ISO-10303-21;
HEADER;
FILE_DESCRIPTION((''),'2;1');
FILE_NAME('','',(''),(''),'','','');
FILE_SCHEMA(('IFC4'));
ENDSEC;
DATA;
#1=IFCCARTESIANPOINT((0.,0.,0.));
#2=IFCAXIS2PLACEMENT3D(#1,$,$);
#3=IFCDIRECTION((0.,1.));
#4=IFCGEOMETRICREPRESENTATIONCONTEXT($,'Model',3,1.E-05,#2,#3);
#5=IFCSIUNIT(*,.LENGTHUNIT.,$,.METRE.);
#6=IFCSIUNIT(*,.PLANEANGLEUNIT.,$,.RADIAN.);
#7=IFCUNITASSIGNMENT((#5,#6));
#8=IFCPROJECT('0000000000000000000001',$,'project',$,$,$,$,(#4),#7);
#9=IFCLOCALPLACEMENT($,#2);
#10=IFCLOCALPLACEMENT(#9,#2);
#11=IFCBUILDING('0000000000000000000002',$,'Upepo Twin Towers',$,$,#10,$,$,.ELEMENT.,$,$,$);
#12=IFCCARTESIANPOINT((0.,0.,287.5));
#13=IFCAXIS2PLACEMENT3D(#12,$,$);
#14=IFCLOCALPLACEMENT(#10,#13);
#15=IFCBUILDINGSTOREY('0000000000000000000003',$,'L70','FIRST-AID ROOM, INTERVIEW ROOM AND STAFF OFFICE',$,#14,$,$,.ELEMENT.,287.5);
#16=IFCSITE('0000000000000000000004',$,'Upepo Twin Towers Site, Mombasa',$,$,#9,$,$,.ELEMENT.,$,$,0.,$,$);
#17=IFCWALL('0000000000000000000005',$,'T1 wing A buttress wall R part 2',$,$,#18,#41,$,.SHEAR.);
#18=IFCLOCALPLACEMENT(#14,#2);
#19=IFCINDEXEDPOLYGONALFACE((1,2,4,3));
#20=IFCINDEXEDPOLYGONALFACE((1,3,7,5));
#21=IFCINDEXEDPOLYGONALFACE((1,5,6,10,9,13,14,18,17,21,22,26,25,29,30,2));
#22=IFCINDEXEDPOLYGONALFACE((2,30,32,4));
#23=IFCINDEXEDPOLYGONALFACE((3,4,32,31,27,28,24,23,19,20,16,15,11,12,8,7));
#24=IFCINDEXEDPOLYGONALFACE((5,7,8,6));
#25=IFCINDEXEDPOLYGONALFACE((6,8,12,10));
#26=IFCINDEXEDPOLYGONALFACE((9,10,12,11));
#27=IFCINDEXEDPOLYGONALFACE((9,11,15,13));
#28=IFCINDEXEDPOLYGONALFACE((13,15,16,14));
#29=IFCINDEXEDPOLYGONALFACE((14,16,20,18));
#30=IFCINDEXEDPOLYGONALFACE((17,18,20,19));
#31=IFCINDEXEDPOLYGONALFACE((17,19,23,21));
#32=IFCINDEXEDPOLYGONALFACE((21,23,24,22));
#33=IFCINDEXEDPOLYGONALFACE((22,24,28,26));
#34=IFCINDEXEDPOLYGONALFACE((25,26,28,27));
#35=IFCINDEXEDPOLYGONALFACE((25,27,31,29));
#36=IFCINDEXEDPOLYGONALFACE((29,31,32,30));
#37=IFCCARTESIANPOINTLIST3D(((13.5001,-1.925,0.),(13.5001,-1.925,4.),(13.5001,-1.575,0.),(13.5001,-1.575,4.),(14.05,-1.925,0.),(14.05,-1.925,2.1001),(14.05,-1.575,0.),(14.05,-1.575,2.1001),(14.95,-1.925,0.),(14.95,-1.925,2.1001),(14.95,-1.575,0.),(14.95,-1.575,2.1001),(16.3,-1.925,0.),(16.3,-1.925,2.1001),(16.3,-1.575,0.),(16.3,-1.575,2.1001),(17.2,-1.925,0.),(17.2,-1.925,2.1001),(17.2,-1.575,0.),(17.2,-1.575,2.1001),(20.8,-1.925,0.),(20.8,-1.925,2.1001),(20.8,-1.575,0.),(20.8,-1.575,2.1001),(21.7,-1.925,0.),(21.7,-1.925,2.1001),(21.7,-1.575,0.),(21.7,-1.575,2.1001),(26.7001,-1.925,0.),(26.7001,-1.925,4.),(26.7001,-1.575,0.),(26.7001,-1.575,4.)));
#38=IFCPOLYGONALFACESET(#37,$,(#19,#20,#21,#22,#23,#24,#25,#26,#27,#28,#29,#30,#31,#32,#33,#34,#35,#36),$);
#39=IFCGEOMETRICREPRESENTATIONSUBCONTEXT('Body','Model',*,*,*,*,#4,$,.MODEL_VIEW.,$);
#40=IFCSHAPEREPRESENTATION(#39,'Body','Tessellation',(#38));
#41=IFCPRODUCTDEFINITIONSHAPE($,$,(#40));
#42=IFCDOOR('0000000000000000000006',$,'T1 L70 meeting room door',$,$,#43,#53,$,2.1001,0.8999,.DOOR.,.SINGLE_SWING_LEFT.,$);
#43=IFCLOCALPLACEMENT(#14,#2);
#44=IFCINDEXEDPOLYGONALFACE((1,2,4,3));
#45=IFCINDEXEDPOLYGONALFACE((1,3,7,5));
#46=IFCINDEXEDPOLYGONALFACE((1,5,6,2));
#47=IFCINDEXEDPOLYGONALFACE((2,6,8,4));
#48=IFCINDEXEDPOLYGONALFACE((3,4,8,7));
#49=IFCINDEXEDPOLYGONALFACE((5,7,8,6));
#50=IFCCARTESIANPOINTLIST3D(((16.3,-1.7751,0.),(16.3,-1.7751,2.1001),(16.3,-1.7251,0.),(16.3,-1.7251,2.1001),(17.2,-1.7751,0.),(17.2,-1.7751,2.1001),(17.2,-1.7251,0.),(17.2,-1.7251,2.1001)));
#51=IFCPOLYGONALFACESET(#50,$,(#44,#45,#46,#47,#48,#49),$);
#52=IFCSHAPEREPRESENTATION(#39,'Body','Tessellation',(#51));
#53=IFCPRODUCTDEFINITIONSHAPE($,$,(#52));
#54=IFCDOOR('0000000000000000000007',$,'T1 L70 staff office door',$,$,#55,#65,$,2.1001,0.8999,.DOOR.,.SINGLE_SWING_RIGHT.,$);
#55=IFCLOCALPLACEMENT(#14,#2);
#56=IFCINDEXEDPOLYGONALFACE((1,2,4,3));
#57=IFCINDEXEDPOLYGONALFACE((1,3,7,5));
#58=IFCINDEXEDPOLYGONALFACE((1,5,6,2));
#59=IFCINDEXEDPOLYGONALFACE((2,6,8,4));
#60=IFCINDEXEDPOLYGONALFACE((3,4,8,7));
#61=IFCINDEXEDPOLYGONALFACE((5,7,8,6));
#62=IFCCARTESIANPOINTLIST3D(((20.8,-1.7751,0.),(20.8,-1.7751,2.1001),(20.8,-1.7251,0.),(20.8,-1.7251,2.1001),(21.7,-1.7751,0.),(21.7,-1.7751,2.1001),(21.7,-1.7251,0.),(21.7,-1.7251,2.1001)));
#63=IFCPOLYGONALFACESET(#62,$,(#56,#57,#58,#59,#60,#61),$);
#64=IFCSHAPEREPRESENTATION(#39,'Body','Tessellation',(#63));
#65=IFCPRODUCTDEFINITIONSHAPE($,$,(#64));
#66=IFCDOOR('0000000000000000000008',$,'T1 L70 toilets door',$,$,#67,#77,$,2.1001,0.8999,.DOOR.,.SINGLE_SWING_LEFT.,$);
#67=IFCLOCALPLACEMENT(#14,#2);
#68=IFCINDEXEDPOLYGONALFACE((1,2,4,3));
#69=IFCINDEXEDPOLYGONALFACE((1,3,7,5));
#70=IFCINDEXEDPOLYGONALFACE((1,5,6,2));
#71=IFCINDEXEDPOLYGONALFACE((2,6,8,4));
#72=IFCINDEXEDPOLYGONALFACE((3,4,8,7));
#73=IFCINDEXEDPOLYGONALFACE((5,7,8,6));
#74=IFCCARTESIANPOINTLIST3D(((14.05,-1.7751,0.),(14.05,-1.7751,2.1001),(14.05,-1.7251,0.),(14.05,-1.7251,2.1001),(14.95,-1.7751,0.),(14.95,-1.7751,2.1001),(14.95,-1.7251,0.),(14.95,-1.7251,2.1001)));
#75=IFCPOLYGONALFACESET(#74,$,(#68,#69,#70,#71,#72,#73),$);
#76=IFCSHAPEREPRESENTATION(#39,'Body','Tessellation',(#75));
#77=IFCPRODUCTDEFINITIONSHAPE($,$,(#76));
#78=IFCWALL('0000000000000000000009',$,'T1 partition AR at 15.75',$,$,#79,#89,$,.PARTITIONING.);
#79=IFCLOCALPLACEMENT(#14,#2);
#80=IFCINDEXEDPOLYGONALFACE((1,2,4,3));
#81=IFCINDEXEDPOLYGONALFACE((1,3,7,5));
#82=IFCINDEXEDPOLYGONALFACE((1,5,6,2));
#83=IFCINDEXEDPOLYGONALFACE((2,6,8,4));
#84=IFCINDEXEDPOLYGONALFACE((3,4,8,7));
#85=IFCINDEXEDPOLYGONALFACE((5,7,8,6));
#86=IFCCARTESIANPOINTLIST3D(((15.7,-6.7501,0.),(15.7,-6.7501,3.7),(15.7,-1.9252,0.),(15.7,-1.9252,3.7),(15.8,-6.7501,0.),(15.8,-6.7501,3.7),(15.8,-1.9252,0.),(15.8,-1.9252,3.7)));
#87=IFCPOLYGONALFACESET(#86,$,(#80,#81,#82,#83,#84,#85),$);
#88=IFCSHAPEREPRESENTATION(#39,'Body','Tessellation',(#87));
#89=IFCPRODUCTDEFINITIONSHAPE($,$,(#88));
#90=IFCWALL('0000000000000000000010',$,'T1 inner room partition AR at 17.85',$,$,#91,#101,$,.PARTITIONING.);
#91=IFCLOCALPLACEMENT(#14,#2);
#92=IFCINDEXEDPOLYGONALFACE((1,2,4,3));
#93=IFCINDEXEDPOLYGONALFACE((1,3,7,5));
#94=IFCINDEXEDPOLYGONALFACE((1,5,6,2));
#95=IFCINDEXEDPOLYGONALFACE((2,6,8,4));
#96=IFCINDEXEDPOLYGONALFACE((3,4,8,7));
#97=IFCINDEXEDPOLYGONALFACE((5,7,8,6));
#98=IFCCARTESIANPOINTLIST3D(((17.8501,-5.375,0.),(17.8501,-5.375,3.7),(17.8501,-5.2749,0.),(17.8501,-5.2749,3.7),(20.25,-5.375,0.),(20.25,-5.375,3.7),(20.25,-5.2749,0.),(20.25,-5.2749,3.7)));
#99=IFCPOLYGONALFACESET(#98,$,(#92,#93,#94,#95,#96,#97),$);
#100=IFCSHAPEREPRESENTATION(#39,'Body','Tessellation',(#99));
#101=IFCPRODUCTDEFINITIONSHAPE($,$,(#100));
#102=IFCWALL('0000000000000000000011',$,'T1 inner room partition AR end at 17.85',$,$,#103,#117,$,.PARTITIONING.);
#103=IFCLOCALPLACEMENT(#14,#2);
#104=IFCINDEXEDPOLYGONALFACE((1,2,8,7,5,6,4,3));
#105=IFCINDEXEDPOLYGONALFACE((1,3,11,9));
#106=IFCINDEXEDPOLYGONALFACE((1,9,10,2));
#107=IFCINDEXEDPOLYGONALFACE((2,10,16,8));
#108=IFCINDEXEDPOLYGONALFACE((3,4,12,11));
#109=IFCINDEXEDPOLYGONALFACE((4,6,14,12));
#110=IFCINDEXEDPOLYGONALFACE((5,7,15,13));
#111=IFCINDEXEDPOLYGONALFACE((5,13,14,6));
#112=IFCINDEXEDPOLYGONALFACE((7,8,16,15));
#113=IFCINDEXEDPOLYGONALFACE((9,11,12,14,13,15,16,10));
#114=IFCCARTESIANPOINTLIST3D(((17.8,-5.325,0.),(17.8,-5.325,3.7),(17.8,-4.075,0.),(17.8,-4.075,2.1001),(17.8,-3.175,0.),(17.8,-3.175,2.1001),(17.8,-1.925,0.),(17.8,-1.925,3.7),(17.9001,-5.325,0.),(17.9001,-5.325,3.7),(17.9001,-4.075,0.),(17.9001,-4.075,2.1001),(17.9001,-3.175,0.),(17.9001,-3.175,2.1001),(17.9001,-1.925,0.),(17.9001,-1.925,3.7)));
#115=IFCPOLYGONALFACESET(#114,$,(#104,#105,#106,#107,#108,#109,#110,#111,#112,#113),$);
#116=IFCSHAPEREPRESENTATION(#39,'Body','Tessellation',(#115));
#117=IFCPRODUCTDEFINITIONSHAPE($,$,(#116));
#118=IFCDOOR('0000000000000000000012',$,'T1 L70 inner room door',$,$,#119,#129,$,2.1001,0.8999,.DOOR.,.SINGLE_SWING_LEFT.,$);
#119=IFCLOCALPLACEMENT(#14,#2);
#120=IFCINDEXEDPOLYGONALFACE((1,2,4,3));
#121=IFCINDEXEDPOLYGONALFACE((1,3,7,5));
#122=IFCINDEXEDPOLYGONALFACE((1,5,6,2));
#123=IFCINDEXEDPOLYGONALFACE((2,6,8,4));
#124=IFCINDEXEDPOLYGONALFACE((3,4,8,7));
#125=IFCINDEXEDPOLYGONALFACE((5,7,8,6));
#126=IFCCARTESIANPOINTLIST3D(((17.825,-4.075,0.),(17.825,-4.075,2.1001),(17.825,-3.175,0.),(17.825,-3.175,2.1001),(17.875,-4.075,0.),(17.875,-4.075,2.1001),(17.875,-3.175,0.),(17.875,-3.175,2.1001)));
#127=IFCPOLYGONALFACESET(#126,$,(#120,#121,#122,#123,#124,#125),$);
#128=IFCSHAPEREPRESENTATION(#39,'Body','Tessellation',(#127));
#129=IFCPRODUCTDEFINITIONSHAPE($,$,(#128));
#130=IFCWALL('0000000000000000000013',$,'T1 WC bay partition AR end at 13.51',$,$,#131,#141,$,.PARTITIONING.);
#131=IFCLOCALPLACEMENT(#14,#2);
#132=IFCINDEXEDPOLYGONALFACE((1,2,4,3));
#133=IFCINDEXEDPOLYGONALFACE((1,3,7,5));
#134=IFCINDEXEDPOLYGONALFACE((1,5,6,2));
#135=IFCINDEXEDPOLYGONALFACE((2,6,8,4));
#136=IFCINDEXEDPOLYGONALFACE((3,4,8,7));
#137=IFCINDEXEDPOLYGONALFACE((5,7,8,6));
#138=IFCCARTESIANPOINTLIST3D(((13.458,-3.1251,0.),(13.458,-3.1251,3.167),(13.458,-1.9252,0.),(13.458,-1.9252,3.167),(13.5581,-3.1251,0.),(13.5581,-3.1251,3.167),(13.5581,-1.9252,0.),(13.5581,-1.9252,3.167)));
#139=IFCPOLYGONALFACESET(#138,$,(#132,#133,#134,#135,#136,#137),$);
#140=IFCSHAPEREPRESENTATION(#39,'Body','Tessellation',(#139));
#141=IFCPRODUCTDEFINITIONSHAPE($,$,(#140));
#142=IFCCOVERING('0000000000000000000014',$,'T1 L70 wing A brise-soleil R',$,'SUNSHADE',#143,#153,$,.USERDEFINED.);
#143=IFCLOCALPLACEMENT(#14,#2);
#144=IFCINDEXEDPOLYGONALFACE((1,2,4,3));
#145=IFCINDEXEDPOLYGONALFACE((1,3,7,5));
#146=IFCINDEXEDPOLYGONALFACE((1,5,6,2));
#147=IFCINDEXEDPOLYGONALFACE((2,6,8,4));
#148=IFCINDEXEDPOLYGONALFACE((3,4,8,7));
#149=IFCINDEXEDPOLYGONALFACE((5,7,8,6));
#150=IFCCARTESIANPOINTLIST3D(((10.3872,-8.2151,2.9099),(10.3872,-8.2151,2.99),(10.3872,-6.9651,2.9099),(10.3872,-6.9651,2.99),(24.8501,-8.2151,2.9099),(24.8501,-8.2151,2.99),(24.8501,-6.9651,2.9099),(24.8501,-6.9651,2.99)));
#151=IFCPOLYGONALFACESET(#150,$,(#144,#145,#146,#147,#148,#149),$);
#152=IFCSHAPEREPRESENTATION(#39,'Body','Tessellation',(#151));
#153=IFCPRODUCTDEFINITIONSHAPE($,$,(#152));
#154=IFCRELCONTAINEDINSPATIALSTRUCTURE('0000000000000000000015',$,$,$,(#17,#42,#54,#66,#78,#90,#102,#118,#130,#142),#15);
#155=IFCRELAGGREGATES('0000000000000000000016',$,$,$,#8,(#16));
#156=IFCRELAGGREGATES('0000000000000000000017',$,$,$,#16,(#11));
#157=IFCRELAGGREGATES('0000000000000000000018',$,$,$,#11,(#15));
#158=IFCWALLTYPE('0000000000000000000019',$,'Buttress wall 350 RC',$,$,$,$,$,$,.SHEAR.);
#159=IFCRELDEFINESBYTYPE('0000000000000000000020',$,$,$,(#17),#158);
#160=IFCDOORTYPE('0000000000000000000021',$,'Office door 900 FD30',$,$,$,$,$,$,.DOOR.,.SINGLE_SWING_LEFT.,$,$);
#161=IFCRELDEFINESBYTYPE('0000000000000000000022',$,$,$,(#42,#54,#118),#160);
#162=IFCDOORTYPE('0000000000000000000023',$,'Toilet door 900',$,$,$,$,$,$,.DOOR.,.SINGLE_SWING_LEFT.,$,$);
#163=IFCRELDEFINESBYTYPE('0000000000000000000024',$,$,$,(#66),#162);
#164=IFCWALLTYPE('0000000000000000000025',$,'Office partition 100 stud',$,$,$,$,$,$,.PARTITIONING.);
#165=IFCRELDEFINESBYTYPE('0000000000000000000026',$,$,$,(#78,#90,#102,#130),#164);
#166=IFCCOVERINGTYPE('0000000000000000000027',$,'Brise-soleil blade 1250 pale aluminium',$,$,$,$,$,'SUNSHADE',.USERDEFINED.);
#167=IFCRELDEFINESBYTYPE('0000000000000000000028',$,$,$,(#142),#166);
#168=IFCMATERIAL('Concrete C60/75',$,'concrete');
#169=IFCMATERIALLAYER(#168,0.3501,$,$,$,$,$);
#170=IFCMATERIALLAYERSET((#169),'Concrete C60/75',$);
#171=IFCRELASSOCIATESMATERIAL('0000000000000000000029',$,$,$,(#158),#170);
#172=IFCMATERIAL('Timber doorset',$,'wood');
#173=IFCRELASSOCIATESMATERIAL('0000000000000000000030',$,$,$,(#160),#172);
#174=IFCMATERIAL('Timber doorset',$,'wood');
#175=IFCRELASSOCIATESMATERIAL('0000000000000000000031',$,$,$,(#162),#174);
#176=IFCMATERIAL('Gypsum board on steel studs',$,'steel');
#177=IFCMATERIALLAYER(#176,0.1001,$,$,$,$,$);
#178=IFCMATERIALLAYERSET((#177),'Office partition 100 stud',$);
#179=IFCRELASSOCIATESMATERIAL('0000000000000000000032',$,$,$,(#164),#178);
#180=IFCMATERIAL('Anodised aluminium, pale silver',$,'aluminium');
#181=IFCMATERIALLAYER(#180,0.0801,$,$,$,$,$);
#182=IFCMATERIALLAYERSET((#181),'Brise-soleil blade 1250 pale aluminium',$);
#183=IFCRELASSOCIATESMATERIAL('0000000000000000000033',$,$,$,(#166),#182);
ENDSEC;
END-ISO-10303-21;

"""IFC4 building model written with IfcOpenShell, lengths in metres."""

from ifc_helpers import new_model, si_unit, direction, frame, frame_2d, origin, origin_2d, place, context, subcontext, project, spatial, rectangle, extrude, material, layer, layer_set, type_object, element, fill, save


model = new_model("IFC4")

# Units and contexts
model_context = context("Model", 3, precision=1e-05, world=origin(), true_north=direction((0.0, 1.0)))
body_context = subcontext(model_context, "Body", "Model", "MODEL_VIEW")
ifc_project = project(units=[si_unit("LENGTHUNIT", "METRE"), si_unit("PLANEANGLEUNIT", "RADIAN")], contexts=[model_context])

# Site, building, storey
site_placement = place(None, origin())
site = spatial("IfcSite", under=ifc_project, at=site_placement, Name="Upepo Twin Towers Site, Mombasa", CompositionType="ELEMENT", RefElevation=0.0)
building_placement = place(site_placement, origin())
building = spatial("IfcBuilding", under=site, at=building_placement, Name="Upepo Twin Towers", CompositionType="ELEMENT")
storey_placement = place(building_placement, frame((0.0, 0.0, 287.5)))
storey = spatial("IfcBuildingStorey", under=building, at=storey_placement, Name="L70", Description="FIRST-AID ROOM, INTERVIEW ROOM AND STAFF OFFICE", CompositionType="ELEMENT", Elevation=287.5)

# Wall, openings, doors
ifc_material_1 = material(Name="Concrete C60/75", Category="concrete")
ifc_layer_1 = layer(ifc_material_1, 0.3501)
ifc_layer_set_1 = layer_set([ifc_layer_1], Name="Concrete C60/75")
wall_type_1 = type_object("IfcWallType", Name="Buttress wall 350 RC", PredefinedType="SHEAR", material=ifc_layer_set_1)
wall_1_placement = place(storey_placement, frame((13.5, -1.75, 0.0), z_axis=(0.0, 0.0, 1.0), x_axis=(1.0, 0.0, 0.0)))
wall_1 = element("IfcWall", 1, at=wall_1_placement, inside=storey, type_object=wall_type_1, Name="T1 wing A buttress wall R part 2", PredefinedType="SHEAR", context=body_context, shape_type="SweptSolid", body=[
    extrude(rectangle(XDim=13.2, YDim=0.3501, at=frame_2d((6.6001, 0.0))), origin(), (0.0, 0.0, 1.0), 4.0),
])
opening_1_placement = place(wall_1_placement, frame((0.55, 0.0, 0.0)))
opening_1 = element("IfcOpeningElement", 2, at=opening_1_placement, cuts=wall_1, PredefinedType="OPENING", context=body_context, shape_type="SweptSolid", body=[
    extrude(rectangle(XDim=0.8999, YDim=2.1001, at=frame_2d((0.45, 1.05))), frame((0.0, 0.1851, 0.0), z_axis=(0.0, -1.0, 0.0), x_axis=(1.0, 0.0, 0.0)), (0.0, 0.0, 1.0), 0.3701),
])
opening_2_placement = place(wall_1_placement, frame((2.8, 0.0, 0.0)))
opening_2 = element("IfcOpeningElement", 3, at=opening_2_placement, cuts=wall_1, PredefinedType="OPENING", context=body_context, shape_type="SweptSolid", body=[
    extrude(rectangle(XDim=0.8999, YDim=2.1001, at=frame_2d((0.45, 1.05))), frame((0.0, 0.1851, 0.0), z_axis=(0.0, -1.0, 0.0), x_axis=(1.0, 0.0, 0.0)), (0.0, 0.0, 1.0), 0.3701),
])
opening_3_placement = place(wall_1_placement, frame((7.3, 0.0, 0.0)))
opening_3 = element("IfcOpeningElement", 4, at=opening_3_placement, cuts=wall_1, PredefinedType="OPENING", context=body_context, shape_type="SweptSolid", body=[
    extrude(rectangle(XDim=0.8999, YDim=2.1001, at=frame_2d((0.45, 1.05))), frame((0.0, 0.1851, 0.0), z_axis=(0.0, -1.0, 0.0), x_axis=(1.0, 0.0, 0.0)), (0.0, 0.0, 1.0), 0.3701),
])
ifc_material_2 = material(Name="Timber doorset", Category="wood")
door_type_1 = type_object("IfcDoorType", Name="Office door 900 FD30", OperationType="SINGLE_SWING_LEFT", PredefinedType="DOOR", material=ifc_material_2)
door_1_placement = place(opening_2_placement, origin())
door_1 = element("IfcDoor", 5, at=door_1_placement, inside=storey, type_object=door_type_1, Name="T1 L70 meeting room door", OperationType="SINGLE_SWING_LEFT", OverallHeight=2.1001, OverallWidth=0.8999, PredefinedType="DOOR", context=body_context, shape_type="SweptSolid", body=[
    extrude(rectangle(XDim=0.8999, YDim=2.1001, at=frame_2d((0.45, 1.05))), frame((0.0, 0.0249, 0.0), z_axis=(0.0, -1.0, 0.0), x_axis=(1.0, 0.0, 0.0)), (0.0, 0.0, 1.0), 0.05),
])
fill(opening_2, door_1)
door_2_placement = place(opening_3_placement, origin())
door_2 = element("IfcDoor", 6, at=door_2_placement, inside=storey, type_object=door_type_1, Name="T1 L70 staff office door", OperationType="SINGLE_SWING_RIGHT", OverallHeight=2.1001, OverallWidth=0.8999, PredefinedType="DOOR", context=body_context, shape_type="SweptSolid", body=[
    extrude(rectangle(XDim=0.8999, YDim=2.1001, at=frame_2d((0.45, 1.05))), frame((0.0, 0.0249, 0.0), z_axis=(0.0, -1.0, 0.0), x_axis=(1.0, 0.0, 0.0)), (0.0, 0.0, 1.0), 0.05),
])
fill(opening_3, door_2)
ifc_material_3 = material(Name="Timber doorset", Category="wood")
door_type_2 = type_object("IfcDoorType", Name="Toilet door 900", OperationType="SINGLE_SWING_LEFT", PredefinedType="DOOR", material=ifc_material_3)
door_3_placement = place(opening_1_placement, origin())
door_3 = element("IfcDoor", 7, at=door_3_placement, inside=storey, type_object=door_type_2, Name="T1 L70 toilets door", OperationType="SINGLE_SWING_LEFT", OverallHeight=2.1001, OverallWidth=0.8999, PredefinedType="DOOR", context=body_context, shape_type="SweptSolid", body=[
    extrude(rectangle(XDim=0.8999, YDim=2.1001, at=frame_2d((0.45, 1.05))), frame((0.0, 0.0249, 0.0), z_axis=(0.0, -1.0, 0.0), x_axis=(1.0, 0.0, 0.0)), (0.0, 0.0, 1.0), 0.05),
])
fill(opening_1, door_3)

# Walls
ifc_material_4 = material(Name="Gypsum board on steel studs", Category="steel")
ifc_layer_2 = layer(ifc_material_4, 0.1001)
ifc_layer_set_2 = layer_set([ifc_layer_2], Name="Office partition 100 stud")
wall_type_2 = type_object("IfcWallType", Name="Office partition 100 stud", PredefinedType="PARTITIONING", material=ifc_layer_set_2)
wall_2_placement = place(storey_placement, frame((15.75, -1.925, 0.0), z_axis=(0.0, 0.0, 1.0), x_axis=(0.0, -1.0, 0.0)))
element("IfcWall", 8, at=wall_2_placement, inside=storey, type_object=wall_type_2, Name="T1 partition AR at 15.75", PredefinedType="PARTITIONING", context=body_context, shape_type="SweptSolid", body=[
    extrude(rectangle(XDim=4.825, YDim=0.1001, at=frame_2d((2.4126, 0.0))), origin(), (0.0, 0.0, 1.0), 3.7),
])
wall_3_placement = place(storey_placement, frame((17.8501, -5.325, 0.0), z_axis=(0.0, 0.0, 1.0), x_axis=(1.0, 0.0, 0.0)))
element("IfcWall", 9, at=wall_3_placement, inside=storey, type_object=wall_type_2, Name="T1 inner room partition AR at 17.85", PredefinedType="PARTITIONING", context=body_context, shape_type="SweptSolid", body=[
    extrude(rectangle(XDim=2.3999, YDim=0.1001, at=frame_2d((1.2, 0.0))), origin(), (0.0, 0.0, 1.0), 3.7),
])

# Wall, opening, door
wall_4_placement = place(storey_placement, frame((17.8501, -1.925, 0.0), z_axis=(0.0, 0.0, 1.0), x_axis=(0.0, -1.0, 0.0)))
wall_4 = element("IfcWall", 10, at=wall_4_placement, inside=storey, type_object=wall_type_2, Name="T1 inner room partition AR end at 17.85", PredefinedType="PARTITIONING", context=body_context, shape_type="SweptSolid", body=[
    extrude(rectangle(XDim=3.3999, YDim=0.1001, at=frame_2d((1.7, 0.0))), origin(), (0.0, 0.0, 1.0), 3.7),
])
opening_4_placement = place(wall_4_placement, frame((1.25, 0.0, 0.0)))
opening_4 = element("IfcOpeningElement", 11, at=opening_4_placement, cuts=wall_4, PredefinedType="OPENING", context=body_context, shape_type="SweptSolid", body=[
    extrude(rectangle(XDim=0.8999, YDim=2.1001, at=frame_2d((0.45, 1.05))), frame((0.0, 0.0601, 0.0), z_axis=(0.0, -1.0, 0.0), x_axis=(1.0, 0.0, 0.0)), (0.0, 0.0, 1.0), 0.1201),
])
door_4_placement = place(opening_4_placement, origin())
door_4 = element("IfcDoor", 12, at=door_4_placement, inside=storey, type_object=door_type_1, Name="T1 L70 inner room door", OperationType="SINGLE_SWING_LEFT", OverallHeight=2.1001, OverallWidth=0.8999, PredefinedType="DOOR", context=body_context, shape_type="SweptSolid", body=[
    extrude(rectangle(XDim=0.8999, YDim=2.1001, at=frame_2d((0.45, 1.05))), frame((0.0, 0.0249, 0.0), z_axis=(0.0, -1.0, 0.0), x_axis=(1.0, 0.0, 0.0)), (0.0, 0.0, 1.0), 0.05),
])
fill(opening_4, door_4)

# Wall
wall_5_placement = place(storey_placement, frame((13.5081, -1.925, 0.0), z_axis=(0.0, 0.0, 1.0), x_axis=(0.0, -1.0, 0.0)))
element("IfcWall", 13, at=wall_5_placement, inside=storey, type_object=wall_type_2, Name="T1 WC bay partition AR end at 13.51", PredefinedType="PARTITIONING", context=body_context, shape_type="SweptSolid", body=[
    extrude(rectangle(XDim=1.2, YDim=0.1001, at=frame_2d((0.6001, 0.0))), origin(), (0.0, 0.0, 1.0), 3.167),
])

# Covering
ifc_material_5 = material(Name="Anodised aluminium, pale silver", Category="aluminium")
ifc_layer_3 = layer(ifc_material_5, 0.0801)
ifc_layer_set_3 = layer_set([ifc_layer_3], Name="Brise-soleil blade 1250 pale aluminium")
covering_type = type_object("IfcCoveringType", Name="Brise-soleil blade 1250 pale aluminium", ElementType="SUNSHADE", PredefinedType="USERDEFINED", material=ifc_layer_set_3)
covering_placement = place(storey_placement, frame((17.6187, -7.5901, 2.9099), z_axis=(0.0, 0.0, 1.0), x_axis=(1.0, 0.0, 0.0)))
element("IfcCovering", 14, at=covering_placement, inside=storey, type_object=covering_type, Name="T1 L70 wing A brise-soleil R", ObjectType="SUNSHADE", PredefinedType="USERDEFINED", context=body_context, shape_type="SweptSolid", body=[
    extrude(rectangle(XDim=14.4629, YDim=1.25, at=origin_2d()), origin(), (0.0, 0.0, 1.0), 0.0801),
])

save(model, "model.ifc")
